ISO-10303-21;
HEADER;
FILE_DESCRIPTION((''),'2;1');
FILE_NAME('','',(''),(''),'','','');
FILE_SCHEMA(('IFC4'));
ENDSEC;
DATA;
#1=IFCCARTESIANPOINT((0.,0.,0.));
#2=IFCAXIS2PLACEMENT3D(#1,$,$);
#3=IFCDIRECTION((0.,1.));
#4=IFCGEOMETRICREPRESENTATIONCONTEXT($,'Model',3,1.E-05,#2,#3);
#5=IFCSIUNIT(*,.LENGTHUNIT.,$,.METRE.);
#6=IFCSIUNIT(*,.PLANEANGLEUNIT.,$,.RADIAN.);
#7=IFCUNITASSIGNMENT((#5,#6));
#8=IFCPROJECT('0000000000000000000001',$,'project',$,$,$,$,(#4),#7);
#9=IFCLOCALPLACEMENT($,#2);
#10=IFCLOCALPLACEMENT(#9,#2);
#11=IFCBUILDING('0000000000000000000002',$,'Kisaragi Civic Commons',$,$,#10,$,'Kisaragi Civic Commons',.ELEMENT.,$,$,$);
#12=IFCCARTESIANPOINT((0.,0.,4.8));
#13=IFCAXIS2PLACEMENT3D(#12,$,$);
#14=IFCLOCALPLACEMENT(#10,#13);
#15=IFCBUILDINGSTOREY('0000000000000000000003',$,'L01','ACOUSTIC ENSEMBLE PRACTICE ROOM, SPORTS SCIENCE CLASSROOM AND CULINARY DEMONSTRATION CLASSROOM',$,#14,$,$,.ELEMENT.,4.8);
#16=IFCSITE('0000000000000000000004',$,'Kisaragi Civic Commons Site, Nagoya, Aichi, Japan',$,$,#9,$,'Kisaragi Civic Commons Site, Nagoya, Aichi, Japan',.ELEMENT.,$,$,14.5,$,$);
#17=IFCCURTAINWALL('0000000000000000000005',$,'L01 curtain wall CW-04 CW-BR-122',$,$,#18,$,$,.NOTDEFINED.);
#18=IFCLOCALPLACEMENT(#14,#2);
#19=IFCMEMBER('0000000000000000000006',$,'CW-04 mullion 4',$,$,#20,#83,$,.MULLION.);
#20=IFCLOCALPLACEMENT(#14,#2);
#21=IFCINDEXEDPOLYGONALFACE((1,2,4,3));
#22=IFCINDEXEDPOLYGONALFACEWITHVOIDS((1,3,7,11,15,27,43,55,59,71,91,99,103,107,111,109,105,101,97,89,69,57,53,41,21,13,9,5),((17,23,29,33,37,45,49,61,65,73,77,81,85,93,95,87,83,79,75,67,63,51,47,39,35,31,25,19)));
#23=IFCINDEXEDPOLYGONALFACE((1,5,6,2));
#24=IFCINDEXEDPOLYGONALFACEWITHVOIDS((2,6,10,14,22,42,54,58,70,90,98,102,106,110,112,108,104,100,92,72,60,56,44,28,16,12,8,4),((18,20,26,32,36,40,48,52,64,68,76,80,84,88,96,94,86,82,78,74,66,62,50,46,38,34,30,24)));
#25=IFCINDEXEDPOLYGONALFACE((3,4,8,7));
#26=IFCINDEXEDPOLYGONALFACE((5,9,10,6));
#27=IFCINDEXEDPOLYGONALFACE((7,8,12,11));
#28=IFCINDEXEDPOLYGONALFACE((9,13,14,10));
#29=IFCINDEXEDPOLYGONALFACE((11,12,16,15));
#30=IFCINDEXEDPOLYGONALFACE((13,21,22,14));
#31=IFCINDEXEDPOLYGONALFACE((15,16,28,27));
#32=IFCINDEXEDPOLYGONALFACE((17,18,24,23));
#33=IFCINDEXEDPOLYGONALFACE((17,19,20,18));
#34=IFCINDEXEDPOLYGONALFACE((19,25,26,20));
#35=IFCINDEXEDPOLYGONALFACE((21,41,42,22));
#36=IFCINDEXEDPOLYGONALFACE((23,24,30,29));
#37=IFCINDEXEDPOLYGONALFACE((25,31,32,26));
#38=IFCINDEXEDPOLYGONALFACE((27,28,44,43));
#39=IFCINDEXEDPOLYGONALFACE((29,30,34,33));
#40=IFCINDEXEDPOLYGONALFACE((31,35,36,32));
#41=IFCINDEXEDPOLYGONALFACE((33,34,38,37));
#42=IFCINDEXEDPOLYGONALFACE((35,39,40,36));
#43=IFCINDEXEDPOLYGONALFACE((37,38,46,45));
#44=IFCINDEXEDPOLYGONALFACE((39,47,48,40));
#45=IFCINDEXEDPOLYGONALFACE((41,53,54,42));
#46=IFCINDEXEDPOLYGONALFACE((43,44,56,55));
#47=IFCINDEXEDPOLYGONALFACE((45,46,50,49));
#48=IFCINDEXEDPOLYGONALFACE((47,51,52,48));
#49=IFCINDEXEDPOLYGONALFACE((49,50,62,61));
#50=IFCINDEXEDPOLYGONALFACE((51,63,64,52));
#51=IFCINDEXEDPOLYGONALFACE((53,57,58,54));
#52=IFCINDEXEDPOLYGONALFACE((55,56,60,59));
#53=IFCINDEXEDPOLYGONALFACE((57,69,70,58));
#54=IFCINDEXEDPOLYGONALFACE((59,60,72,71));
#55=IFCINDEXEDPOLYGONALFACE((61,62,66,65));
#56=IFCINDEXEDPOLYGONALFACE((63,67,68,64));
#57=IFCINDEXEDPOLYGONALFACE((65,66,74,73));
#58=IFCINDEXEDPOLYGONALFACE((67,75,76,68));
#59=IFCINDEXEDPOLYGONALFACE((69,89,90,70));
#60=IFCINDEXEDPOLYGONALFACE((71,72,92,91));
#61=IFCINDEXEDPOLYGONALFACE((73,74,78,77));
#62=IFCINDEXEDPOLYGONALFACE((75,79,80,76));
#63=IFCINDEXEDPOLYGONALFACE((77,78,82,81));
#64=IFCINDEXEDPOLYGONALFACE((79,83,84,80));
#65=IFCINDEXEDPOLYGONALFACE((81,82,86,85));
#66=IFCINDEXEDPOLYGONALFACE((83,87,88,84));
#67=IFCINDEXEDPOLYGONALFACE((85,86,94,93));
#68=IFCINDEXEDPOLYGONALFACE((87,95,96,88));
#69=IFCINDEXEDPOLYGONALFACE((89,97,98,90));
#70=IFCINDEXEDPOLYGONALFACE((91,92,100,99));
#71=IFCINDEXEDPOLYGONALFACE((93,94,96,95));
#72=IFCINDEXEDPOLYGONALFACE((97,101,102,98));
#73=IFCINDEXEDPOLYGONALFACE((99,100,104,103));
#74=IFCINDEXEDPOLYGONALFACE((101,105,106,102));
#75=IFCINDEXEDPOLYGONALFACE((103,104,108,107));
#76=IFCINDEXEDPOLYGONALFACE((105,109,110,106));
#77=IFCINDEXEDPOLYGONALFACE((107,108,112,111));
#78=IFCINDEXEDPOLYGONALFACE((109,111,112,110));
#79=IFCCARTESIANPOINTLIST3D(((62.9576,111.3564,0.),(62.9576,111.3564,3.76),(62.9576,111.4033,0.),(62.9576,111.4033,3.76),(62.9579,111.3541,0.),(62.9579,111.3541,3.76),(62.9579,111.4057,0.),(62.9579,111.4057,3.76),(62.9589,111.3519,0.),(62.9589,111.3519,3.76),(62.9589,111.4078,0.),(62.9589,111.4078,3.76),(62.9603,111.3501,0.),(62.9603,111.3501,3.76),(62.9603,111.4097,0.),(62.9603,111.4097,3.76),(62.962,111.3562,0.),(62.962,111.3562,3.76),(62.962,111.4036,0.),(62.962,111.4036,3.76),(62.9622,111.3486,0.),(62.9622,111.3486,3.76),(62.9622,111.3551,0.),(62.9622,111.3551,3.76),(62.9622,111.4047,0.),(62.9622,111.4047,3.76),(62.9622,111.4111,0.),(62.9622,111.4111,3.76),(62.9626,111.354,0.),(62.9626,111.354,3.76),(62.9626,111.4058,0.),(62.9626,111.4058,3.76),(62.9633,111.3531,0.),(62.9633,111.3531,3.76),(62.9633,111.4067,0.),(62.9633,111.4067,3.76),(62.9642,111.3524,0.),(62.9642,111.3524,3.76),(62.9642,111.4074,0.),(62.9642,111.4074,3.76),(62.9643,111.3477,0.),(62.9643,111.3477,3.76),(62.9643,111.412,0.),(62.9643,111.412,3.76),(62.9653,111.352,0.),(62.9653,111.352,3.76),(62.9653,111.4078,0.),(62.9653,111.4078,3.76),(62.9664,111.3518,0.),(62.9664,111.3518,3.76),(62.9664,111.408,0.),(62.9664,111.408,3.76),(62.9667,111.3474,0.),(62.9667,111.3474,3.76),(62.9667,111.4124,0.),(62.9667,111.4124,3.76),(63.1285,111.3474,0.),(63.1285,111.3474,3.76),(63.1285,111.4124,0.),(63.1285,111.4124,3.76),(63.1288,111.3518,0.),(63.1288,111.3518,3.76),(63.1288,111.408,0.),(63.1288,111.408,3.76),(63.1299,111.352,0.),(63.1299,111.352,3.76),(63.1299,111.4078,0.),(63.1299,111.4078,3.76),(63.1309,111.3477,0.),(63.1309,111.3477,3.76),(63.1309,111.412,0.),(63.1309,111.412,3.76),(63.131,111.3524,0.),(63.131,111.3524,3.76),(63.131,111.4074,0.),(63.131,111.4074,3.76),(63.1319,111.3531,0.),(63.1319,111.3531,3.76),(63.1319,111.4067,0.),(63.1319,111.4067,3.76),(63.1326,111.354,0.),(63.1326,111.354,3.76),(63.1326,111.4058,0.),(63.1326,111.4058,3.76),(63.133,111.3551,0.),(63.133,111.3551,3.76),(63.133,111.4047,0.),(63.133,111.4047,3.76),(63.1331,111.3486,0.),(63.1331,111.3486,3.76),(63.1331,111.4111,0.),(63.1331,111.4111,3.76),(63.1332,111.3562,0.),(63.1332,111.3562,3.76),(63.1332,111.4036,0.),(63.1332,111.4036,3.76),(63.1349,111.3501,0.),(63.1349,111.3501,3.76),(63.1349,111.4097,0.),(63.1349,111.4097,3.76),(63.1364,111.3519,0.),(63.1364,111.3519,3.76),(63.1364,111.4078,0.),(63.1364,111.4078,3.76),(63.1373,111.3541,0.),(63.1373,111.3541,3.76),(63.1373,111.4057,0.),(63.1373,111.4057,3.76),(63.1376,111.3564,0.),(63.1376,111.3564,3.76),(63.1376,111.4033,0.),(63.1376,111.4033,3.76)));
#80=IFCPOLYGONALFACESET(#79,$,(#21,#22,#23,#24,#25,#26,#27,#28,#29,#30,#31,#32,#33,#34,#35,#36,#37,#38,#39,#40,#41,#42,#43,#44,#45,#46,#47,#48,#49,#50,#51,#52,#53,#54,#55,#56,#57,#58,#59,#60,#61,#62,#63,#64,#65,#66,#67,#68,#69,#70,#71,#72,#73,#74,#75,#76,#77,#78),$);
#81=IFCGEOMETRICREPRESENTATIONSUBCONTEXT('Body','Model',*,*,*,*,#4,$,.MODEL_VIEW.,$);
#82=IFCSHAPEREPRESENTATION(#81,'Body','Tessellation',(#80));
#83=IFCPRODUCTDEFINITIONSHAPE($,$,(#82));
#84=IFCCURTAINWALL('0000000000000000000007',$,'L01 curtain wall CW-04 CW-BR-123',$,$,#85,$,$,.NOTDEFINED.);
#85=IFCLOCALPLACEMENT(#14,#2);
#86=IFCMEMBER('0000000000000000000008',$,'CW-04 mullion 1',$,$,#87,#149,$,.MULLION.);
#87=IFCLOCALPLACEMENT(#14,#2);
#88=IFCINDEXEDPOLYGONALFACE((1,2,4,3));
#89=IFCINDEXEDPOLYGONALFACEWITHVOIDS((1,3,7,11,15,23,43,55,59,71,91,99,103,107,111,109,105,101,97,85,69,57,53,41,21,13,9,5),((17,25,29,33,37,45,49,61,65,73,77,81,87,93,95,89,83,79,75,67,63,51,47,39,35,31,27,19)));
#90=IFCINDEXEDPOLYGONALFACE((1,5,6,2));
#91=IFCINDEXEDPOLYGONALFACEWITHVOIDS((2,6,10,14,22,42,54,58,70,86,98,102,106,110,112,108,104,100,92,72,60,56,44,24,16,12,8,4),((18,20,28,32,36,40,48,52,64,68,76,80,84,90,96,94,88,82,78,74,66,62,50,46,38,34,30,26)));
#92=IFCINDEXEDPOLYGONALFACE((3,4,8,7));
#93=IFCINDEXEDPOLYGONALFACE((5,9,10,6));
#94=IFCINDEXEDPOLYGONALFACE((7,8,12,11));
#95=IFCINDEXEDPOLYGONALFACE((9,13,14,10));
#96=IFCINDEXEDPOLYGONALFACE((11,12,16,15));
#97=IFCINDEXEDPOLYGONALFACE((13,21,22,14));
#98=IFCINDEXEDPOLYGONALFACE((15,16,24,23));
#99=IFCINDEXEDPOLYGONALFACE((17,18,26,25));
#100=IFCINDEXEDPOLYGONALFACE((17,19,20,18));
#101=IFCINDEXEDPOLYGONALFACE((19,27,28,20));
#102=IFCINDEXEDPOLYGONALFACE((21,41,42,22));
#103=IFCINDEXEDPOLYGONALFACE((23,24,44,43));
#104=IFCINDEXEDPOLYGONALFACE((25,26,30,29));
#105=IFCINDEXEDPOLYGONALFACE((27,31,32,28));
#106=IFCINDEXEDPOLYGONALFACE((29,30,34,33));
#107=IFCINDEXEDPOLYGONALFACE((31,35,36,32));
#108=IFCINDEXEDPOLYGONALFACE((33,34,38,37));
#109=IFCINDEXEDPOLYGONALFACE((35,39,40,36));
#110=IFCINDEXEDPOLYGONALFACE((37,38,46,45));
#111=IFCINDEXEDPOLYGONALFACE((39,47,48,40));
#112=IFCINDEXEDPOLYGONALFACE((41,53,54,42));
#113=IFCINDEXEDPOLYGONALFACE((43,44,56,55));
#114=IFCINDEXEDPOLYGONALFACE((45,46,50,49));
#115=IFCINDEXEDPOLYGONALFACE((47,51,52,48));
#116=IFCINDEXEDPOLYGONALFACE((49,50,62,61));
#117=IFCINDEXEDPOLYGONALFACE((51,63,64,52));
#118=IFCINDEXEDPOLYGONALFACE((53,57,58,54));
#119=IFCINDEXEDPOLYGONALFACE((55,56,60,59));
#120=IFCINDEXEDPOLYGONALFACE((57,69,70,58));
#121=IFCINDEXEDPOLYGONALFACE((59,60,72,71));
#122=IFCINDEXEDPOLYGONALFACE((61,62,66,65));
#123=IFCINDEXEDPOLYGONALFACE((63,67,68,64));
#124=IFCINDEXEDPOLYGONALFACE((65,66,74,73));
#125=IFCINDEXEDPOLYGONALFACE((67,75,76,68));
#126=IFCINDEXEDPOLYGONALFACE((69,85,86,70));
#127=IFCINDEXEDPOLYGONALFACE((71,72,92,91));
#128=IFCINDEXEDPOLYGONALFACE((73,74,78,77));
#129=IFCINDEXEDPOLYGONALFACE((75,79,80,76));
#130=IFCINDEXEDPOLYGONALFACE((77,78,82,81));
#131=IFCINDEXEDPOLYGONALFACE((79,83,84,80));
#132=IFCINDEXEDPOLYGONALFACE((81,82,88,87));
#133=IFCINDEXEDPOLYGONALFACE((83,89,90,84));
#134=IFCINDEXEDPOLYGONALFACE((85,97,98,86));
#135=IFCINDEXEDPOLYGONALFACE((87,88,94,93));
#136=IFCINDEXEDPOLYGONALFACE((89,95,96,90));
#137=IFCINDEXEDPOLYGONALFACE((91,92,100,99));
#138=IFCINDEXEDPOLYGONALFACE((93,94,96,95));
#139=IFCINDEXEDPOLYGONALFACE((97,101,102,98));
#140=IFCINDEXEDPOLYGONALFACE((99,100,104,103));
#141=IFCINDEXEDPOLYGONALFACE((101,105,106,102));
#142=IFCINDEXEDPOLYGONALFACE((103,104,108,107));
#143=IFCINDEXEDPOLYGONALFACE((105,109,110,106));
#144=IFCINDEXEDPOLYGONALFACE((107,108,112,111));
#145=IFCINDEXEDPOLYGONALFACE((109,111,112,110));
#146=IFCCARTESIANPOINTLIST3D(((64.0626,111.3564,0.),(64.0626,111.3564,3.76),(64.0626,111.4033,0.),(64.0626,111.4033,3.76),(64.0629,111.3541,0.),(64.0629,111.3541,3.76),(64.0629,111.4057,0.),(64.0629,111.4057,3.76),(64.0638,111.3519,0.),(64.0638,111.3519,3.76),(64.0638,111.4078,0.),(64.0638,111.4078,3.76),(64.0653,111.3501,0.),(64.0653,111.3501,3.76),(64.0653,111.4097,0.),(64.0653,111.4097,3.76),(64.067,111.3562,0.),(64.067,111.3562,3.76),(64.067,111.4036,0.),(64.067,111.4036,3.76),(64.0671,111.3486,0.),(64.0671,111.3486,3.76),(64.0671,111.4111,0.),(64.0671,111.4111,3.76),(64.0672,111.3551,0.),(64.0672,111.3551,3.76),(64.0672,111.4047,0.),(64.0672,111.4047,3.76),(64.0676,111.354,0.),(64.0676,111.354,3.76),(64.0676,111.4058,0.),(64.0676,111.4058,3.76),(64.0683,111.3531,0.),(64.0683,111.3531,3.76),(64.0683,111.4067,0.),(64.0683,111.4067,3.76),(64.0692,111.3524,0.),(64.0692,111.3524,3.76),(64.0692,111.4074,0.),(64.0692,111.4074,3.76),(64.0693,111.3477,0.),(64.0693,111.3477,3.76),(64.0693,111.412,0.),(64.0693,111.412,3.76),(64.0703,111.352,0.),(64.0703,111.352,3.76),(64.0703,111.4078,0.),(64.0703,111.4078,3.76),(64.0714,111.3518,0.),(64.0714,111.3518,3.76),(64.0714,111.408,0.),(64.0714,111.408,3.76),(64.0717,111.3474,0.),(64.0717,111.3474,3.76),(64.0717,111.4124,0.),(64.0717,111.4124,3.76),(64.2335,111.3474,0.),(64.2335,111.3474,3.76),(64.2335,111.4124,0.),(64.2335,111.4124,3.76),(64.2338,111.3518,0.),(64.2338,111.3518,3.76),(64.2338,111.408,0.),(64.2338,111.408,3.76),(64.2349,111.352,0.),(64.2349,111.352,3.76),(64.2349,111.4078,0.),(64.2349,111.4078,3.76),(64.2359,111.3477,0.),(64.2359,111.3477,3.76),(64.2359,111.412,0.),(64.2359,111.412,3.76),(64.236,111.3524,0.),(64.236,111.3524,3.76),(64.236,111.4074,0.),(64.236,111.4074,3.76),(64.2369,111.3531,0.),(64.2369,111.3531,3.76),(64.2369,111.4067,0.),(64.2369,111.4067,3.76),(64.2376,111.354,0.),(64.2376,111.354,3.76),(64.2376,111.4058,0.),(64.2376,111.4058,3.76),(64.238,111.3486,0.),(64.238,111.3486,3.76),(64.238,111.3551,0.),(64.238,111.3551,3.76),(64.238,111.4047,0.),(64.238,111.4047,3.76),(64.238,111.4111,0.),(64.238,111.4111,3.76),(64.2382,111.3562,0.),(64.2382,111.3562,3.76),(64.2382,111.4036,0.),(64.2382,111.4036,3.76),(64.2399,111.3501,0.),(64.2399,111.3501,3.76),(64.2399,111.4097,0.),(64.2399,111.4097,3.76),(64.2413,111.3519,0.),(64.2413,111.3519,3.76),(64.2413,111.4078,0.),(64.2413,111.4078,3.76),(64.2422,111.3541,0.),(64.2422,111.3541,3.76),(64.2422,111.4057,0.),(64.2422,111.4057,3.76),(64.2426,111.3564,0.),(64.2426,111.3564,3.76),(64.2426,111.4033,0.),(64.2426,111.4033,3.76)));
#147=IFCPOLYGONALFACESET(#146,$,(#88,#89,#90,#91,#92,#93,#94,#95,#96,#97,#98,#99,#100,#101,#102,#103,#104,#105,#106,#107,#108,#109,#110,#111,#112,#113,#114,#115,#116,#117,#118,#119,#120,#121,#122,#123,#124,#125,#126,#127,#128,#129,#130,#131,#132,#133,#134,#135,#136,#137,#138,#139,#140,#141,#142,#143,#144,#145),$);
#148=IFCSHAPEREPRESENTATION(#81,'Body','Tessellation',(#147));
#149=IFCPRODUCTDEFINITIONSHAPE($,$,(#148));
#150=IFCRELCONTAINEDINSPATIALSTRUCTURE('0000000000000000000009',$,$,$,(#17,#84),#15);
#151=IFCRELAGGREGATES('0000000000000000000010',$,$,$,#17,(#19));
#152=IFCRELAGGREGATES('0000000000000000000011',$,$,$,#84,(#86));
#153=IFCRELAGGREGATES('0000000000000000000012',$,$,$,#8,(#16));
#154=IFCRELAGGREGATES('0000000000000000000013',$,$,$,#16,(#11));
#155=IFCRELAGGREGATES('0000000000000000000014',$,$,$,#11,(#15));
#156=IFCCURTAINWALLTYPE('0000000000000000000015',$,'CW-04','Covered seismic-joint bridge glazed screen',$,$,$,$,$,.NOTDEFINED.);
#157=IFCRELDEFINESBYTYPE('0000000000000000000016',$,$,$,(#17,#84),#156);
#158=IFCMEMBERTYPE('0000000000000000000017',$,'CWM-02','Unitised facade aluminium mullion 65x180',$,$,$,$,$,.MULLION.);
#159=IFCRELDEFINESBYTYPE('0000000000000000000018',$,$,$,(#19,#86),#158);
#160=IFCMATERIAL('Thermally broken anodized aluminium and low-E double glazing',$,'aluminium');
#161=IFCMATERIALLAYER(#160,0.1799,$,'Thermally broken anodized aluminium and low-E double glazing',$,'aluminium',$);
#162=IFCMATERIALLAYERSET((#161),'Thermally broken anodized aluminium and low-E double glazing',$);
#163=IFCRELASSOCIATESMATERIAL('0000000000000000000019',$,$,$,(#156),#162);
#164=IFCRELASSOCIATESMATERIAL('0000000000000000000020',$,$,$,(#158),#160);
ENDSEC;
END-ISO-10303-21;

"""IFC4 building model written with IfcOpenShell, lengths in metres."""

from ifc_helpers import new_model, si_unit, direction, frame, origin, origin_2d, place, context, subcontext, project, spatial, hollow_rectangle, extrude, material, layer, layer_set, material_profile, profile_set, type_object, element, aggregate, save


model = new_model("IFC4")

# Units and contexts
model_context = context("Model", 3, precision=1e-05, world=origin(), true_north=direction((0.0, 1.0)))
body_context = subcontext(model_context, "Body", "Model", "MODEL_VIEW")
ifc_project = project(units=[si_unit("LENGTHUNIT", "METRE"), si_unit("PLANEANGLEUNIT", "RADIAN")], contexts=[model_context])

# Site, building, storey
site_placement = place(None, origin())
site = spatial("IfcSite", under=ifc_project, at=site_placement, Name="Kisaragi Civic Commons Site, Nagoya, Aichi, Japan", LongName="Kisaragi Civic Commons Site, Nagoya, Aichi, Japan", CompositionType="ELEMENT", RefElevation=14.5)
building_placement = place(site_placement, origin())
building = spatial("IfcBuilding", under=site, at=building_placement, Name="Kisaragi Civic Commons", LongName="Kisaragi Civic Commons", CompositionType="ELEMENT")
storey_placement = place(building_placement, frame((0.0, 0.0, 4.8)))
storey = spatial("IfcBuildingStorey", under=building, at=storey_placement, Name="L01", Description="ACOUSTIC ENSEMBLE PRACTICE ROOM, SPORTS SCIENCE CLASSROOM AND CULINARY DEMONSTRATION CLASSROOM", CompositionType="ELEMENT", Elevation=4.8)

# Curtain wall, member
ifc_material_1 = material(Name="Thermally broken anodized aluminium and low-E double glazing", Category="aluminium")
ifc_layer_1 = layer(ifc_material_1, 0.1799, Name="Thermally broken anodized aluminium and low-E double glazing", Category="aluminium")
ifc_layer_set_1 = layer_set([ifc_layer_1], Name="Thermally broken anodized aluminium and low-E double glazing")
curtain_wall_type = type_object("IfcCurtainWallType", Name="CW-04", Description="Covered seismic-joint bridge glazed screen", PredefinedType="NOTDEFINED", material=ifc_layer_set_1)
curtain_wall_1_placement = place(storey_placement, origin())
curtain_wall_1 = element("IfcCurtainWall", 1, at=curtain_wall_1_placement, inside=storey, type_object=curtain_wall_type, Name="L01 curtain wall CW-04 CW-BR-122", PredefinedType="NOTDEFINED")
ifc_material_profile_1 = material_profile(ifc_material_1, hollow_rectangle(XDim=0.0649, YDim=0.1799, WallThickness=0.0044, InnerFilletRadius=0.0044, OuterFilletRadius=0.009, at=origin_2d()), Name="CWM-65x180x4.5", Category="aluminium")
ifc_profile_set_1 = profile_set([ifc_material_profile_1], Name="Thermally broken anodized aluminium and low-E double glazing")
member_type_1 = type_object("IfcMemberType", Name="CWM-02", Description="Unitised facade aluminium mullion 65x180", PredefinedType="MULLION", material=ifc_profile_set_1)
member_1_placement = place(storey_placement, frame((63.0476, 111.3799, 0.0), z_axis=(0.0, 0.0, 1.0), x_axis=(0.0, 1.0, 0.0)))
member_1 = element("IfcMember", 2, at=member_1_placement, type_object=member_type_1, Name="CW-04 mullion 4", PredefinedType="MULLION", context=body_context, shape_type="SweptSolid", body=[
    extrude(hollow_rectangle(XDim=0.0649, YDim=0.1799, WallThickness=0.0044, InnerFilletRadius=0.0044, OuterFilletRadius=0.009, at=origin_2d()), origin(), (0.0, 0.0, 1.0), 3.76),
])

# Curtain wall, member
curtain_wall_2_placement = place(storey_placement, origin())
curtain_wall_2 = element("IfcCurtainWall", 3, at=curtain_wall_2_placement, inside=storey, type_object=curtain_wall_type, Name="L01 curtain wall CW-04 CW-BR-123", PredefinedType="NOTDEFINED")
member_2_placement = place(storey_placement, frame((64.1526, 111.3799, 0.0), z_axis=(0.0, 0.0, 1.0), x_axis=(0.0, 1.0, 0.0)))
member_2 = element("IfcMember", 4, at=member_2_placement, type_object=member_type_1, Name="CW-04 mullion 1", PredefinedType="MULLION", context=body_context, shape_type="SweptSolid", body=[
    extrude(hollow_rectangle(XDim=0.0649, YDim=0.1799, WallThickness=0.0044, InnerFilletRadius=0.0044, OuterFilletRadius=0.009, at=origin_2d()), origin(), (0.0, 0.0, 1.0), 3.76),
])

aggregate(curtain_wall_1, [member_1])
aggregate(curtain_wall_2, [member_2])

save(model, "model.ifc")
